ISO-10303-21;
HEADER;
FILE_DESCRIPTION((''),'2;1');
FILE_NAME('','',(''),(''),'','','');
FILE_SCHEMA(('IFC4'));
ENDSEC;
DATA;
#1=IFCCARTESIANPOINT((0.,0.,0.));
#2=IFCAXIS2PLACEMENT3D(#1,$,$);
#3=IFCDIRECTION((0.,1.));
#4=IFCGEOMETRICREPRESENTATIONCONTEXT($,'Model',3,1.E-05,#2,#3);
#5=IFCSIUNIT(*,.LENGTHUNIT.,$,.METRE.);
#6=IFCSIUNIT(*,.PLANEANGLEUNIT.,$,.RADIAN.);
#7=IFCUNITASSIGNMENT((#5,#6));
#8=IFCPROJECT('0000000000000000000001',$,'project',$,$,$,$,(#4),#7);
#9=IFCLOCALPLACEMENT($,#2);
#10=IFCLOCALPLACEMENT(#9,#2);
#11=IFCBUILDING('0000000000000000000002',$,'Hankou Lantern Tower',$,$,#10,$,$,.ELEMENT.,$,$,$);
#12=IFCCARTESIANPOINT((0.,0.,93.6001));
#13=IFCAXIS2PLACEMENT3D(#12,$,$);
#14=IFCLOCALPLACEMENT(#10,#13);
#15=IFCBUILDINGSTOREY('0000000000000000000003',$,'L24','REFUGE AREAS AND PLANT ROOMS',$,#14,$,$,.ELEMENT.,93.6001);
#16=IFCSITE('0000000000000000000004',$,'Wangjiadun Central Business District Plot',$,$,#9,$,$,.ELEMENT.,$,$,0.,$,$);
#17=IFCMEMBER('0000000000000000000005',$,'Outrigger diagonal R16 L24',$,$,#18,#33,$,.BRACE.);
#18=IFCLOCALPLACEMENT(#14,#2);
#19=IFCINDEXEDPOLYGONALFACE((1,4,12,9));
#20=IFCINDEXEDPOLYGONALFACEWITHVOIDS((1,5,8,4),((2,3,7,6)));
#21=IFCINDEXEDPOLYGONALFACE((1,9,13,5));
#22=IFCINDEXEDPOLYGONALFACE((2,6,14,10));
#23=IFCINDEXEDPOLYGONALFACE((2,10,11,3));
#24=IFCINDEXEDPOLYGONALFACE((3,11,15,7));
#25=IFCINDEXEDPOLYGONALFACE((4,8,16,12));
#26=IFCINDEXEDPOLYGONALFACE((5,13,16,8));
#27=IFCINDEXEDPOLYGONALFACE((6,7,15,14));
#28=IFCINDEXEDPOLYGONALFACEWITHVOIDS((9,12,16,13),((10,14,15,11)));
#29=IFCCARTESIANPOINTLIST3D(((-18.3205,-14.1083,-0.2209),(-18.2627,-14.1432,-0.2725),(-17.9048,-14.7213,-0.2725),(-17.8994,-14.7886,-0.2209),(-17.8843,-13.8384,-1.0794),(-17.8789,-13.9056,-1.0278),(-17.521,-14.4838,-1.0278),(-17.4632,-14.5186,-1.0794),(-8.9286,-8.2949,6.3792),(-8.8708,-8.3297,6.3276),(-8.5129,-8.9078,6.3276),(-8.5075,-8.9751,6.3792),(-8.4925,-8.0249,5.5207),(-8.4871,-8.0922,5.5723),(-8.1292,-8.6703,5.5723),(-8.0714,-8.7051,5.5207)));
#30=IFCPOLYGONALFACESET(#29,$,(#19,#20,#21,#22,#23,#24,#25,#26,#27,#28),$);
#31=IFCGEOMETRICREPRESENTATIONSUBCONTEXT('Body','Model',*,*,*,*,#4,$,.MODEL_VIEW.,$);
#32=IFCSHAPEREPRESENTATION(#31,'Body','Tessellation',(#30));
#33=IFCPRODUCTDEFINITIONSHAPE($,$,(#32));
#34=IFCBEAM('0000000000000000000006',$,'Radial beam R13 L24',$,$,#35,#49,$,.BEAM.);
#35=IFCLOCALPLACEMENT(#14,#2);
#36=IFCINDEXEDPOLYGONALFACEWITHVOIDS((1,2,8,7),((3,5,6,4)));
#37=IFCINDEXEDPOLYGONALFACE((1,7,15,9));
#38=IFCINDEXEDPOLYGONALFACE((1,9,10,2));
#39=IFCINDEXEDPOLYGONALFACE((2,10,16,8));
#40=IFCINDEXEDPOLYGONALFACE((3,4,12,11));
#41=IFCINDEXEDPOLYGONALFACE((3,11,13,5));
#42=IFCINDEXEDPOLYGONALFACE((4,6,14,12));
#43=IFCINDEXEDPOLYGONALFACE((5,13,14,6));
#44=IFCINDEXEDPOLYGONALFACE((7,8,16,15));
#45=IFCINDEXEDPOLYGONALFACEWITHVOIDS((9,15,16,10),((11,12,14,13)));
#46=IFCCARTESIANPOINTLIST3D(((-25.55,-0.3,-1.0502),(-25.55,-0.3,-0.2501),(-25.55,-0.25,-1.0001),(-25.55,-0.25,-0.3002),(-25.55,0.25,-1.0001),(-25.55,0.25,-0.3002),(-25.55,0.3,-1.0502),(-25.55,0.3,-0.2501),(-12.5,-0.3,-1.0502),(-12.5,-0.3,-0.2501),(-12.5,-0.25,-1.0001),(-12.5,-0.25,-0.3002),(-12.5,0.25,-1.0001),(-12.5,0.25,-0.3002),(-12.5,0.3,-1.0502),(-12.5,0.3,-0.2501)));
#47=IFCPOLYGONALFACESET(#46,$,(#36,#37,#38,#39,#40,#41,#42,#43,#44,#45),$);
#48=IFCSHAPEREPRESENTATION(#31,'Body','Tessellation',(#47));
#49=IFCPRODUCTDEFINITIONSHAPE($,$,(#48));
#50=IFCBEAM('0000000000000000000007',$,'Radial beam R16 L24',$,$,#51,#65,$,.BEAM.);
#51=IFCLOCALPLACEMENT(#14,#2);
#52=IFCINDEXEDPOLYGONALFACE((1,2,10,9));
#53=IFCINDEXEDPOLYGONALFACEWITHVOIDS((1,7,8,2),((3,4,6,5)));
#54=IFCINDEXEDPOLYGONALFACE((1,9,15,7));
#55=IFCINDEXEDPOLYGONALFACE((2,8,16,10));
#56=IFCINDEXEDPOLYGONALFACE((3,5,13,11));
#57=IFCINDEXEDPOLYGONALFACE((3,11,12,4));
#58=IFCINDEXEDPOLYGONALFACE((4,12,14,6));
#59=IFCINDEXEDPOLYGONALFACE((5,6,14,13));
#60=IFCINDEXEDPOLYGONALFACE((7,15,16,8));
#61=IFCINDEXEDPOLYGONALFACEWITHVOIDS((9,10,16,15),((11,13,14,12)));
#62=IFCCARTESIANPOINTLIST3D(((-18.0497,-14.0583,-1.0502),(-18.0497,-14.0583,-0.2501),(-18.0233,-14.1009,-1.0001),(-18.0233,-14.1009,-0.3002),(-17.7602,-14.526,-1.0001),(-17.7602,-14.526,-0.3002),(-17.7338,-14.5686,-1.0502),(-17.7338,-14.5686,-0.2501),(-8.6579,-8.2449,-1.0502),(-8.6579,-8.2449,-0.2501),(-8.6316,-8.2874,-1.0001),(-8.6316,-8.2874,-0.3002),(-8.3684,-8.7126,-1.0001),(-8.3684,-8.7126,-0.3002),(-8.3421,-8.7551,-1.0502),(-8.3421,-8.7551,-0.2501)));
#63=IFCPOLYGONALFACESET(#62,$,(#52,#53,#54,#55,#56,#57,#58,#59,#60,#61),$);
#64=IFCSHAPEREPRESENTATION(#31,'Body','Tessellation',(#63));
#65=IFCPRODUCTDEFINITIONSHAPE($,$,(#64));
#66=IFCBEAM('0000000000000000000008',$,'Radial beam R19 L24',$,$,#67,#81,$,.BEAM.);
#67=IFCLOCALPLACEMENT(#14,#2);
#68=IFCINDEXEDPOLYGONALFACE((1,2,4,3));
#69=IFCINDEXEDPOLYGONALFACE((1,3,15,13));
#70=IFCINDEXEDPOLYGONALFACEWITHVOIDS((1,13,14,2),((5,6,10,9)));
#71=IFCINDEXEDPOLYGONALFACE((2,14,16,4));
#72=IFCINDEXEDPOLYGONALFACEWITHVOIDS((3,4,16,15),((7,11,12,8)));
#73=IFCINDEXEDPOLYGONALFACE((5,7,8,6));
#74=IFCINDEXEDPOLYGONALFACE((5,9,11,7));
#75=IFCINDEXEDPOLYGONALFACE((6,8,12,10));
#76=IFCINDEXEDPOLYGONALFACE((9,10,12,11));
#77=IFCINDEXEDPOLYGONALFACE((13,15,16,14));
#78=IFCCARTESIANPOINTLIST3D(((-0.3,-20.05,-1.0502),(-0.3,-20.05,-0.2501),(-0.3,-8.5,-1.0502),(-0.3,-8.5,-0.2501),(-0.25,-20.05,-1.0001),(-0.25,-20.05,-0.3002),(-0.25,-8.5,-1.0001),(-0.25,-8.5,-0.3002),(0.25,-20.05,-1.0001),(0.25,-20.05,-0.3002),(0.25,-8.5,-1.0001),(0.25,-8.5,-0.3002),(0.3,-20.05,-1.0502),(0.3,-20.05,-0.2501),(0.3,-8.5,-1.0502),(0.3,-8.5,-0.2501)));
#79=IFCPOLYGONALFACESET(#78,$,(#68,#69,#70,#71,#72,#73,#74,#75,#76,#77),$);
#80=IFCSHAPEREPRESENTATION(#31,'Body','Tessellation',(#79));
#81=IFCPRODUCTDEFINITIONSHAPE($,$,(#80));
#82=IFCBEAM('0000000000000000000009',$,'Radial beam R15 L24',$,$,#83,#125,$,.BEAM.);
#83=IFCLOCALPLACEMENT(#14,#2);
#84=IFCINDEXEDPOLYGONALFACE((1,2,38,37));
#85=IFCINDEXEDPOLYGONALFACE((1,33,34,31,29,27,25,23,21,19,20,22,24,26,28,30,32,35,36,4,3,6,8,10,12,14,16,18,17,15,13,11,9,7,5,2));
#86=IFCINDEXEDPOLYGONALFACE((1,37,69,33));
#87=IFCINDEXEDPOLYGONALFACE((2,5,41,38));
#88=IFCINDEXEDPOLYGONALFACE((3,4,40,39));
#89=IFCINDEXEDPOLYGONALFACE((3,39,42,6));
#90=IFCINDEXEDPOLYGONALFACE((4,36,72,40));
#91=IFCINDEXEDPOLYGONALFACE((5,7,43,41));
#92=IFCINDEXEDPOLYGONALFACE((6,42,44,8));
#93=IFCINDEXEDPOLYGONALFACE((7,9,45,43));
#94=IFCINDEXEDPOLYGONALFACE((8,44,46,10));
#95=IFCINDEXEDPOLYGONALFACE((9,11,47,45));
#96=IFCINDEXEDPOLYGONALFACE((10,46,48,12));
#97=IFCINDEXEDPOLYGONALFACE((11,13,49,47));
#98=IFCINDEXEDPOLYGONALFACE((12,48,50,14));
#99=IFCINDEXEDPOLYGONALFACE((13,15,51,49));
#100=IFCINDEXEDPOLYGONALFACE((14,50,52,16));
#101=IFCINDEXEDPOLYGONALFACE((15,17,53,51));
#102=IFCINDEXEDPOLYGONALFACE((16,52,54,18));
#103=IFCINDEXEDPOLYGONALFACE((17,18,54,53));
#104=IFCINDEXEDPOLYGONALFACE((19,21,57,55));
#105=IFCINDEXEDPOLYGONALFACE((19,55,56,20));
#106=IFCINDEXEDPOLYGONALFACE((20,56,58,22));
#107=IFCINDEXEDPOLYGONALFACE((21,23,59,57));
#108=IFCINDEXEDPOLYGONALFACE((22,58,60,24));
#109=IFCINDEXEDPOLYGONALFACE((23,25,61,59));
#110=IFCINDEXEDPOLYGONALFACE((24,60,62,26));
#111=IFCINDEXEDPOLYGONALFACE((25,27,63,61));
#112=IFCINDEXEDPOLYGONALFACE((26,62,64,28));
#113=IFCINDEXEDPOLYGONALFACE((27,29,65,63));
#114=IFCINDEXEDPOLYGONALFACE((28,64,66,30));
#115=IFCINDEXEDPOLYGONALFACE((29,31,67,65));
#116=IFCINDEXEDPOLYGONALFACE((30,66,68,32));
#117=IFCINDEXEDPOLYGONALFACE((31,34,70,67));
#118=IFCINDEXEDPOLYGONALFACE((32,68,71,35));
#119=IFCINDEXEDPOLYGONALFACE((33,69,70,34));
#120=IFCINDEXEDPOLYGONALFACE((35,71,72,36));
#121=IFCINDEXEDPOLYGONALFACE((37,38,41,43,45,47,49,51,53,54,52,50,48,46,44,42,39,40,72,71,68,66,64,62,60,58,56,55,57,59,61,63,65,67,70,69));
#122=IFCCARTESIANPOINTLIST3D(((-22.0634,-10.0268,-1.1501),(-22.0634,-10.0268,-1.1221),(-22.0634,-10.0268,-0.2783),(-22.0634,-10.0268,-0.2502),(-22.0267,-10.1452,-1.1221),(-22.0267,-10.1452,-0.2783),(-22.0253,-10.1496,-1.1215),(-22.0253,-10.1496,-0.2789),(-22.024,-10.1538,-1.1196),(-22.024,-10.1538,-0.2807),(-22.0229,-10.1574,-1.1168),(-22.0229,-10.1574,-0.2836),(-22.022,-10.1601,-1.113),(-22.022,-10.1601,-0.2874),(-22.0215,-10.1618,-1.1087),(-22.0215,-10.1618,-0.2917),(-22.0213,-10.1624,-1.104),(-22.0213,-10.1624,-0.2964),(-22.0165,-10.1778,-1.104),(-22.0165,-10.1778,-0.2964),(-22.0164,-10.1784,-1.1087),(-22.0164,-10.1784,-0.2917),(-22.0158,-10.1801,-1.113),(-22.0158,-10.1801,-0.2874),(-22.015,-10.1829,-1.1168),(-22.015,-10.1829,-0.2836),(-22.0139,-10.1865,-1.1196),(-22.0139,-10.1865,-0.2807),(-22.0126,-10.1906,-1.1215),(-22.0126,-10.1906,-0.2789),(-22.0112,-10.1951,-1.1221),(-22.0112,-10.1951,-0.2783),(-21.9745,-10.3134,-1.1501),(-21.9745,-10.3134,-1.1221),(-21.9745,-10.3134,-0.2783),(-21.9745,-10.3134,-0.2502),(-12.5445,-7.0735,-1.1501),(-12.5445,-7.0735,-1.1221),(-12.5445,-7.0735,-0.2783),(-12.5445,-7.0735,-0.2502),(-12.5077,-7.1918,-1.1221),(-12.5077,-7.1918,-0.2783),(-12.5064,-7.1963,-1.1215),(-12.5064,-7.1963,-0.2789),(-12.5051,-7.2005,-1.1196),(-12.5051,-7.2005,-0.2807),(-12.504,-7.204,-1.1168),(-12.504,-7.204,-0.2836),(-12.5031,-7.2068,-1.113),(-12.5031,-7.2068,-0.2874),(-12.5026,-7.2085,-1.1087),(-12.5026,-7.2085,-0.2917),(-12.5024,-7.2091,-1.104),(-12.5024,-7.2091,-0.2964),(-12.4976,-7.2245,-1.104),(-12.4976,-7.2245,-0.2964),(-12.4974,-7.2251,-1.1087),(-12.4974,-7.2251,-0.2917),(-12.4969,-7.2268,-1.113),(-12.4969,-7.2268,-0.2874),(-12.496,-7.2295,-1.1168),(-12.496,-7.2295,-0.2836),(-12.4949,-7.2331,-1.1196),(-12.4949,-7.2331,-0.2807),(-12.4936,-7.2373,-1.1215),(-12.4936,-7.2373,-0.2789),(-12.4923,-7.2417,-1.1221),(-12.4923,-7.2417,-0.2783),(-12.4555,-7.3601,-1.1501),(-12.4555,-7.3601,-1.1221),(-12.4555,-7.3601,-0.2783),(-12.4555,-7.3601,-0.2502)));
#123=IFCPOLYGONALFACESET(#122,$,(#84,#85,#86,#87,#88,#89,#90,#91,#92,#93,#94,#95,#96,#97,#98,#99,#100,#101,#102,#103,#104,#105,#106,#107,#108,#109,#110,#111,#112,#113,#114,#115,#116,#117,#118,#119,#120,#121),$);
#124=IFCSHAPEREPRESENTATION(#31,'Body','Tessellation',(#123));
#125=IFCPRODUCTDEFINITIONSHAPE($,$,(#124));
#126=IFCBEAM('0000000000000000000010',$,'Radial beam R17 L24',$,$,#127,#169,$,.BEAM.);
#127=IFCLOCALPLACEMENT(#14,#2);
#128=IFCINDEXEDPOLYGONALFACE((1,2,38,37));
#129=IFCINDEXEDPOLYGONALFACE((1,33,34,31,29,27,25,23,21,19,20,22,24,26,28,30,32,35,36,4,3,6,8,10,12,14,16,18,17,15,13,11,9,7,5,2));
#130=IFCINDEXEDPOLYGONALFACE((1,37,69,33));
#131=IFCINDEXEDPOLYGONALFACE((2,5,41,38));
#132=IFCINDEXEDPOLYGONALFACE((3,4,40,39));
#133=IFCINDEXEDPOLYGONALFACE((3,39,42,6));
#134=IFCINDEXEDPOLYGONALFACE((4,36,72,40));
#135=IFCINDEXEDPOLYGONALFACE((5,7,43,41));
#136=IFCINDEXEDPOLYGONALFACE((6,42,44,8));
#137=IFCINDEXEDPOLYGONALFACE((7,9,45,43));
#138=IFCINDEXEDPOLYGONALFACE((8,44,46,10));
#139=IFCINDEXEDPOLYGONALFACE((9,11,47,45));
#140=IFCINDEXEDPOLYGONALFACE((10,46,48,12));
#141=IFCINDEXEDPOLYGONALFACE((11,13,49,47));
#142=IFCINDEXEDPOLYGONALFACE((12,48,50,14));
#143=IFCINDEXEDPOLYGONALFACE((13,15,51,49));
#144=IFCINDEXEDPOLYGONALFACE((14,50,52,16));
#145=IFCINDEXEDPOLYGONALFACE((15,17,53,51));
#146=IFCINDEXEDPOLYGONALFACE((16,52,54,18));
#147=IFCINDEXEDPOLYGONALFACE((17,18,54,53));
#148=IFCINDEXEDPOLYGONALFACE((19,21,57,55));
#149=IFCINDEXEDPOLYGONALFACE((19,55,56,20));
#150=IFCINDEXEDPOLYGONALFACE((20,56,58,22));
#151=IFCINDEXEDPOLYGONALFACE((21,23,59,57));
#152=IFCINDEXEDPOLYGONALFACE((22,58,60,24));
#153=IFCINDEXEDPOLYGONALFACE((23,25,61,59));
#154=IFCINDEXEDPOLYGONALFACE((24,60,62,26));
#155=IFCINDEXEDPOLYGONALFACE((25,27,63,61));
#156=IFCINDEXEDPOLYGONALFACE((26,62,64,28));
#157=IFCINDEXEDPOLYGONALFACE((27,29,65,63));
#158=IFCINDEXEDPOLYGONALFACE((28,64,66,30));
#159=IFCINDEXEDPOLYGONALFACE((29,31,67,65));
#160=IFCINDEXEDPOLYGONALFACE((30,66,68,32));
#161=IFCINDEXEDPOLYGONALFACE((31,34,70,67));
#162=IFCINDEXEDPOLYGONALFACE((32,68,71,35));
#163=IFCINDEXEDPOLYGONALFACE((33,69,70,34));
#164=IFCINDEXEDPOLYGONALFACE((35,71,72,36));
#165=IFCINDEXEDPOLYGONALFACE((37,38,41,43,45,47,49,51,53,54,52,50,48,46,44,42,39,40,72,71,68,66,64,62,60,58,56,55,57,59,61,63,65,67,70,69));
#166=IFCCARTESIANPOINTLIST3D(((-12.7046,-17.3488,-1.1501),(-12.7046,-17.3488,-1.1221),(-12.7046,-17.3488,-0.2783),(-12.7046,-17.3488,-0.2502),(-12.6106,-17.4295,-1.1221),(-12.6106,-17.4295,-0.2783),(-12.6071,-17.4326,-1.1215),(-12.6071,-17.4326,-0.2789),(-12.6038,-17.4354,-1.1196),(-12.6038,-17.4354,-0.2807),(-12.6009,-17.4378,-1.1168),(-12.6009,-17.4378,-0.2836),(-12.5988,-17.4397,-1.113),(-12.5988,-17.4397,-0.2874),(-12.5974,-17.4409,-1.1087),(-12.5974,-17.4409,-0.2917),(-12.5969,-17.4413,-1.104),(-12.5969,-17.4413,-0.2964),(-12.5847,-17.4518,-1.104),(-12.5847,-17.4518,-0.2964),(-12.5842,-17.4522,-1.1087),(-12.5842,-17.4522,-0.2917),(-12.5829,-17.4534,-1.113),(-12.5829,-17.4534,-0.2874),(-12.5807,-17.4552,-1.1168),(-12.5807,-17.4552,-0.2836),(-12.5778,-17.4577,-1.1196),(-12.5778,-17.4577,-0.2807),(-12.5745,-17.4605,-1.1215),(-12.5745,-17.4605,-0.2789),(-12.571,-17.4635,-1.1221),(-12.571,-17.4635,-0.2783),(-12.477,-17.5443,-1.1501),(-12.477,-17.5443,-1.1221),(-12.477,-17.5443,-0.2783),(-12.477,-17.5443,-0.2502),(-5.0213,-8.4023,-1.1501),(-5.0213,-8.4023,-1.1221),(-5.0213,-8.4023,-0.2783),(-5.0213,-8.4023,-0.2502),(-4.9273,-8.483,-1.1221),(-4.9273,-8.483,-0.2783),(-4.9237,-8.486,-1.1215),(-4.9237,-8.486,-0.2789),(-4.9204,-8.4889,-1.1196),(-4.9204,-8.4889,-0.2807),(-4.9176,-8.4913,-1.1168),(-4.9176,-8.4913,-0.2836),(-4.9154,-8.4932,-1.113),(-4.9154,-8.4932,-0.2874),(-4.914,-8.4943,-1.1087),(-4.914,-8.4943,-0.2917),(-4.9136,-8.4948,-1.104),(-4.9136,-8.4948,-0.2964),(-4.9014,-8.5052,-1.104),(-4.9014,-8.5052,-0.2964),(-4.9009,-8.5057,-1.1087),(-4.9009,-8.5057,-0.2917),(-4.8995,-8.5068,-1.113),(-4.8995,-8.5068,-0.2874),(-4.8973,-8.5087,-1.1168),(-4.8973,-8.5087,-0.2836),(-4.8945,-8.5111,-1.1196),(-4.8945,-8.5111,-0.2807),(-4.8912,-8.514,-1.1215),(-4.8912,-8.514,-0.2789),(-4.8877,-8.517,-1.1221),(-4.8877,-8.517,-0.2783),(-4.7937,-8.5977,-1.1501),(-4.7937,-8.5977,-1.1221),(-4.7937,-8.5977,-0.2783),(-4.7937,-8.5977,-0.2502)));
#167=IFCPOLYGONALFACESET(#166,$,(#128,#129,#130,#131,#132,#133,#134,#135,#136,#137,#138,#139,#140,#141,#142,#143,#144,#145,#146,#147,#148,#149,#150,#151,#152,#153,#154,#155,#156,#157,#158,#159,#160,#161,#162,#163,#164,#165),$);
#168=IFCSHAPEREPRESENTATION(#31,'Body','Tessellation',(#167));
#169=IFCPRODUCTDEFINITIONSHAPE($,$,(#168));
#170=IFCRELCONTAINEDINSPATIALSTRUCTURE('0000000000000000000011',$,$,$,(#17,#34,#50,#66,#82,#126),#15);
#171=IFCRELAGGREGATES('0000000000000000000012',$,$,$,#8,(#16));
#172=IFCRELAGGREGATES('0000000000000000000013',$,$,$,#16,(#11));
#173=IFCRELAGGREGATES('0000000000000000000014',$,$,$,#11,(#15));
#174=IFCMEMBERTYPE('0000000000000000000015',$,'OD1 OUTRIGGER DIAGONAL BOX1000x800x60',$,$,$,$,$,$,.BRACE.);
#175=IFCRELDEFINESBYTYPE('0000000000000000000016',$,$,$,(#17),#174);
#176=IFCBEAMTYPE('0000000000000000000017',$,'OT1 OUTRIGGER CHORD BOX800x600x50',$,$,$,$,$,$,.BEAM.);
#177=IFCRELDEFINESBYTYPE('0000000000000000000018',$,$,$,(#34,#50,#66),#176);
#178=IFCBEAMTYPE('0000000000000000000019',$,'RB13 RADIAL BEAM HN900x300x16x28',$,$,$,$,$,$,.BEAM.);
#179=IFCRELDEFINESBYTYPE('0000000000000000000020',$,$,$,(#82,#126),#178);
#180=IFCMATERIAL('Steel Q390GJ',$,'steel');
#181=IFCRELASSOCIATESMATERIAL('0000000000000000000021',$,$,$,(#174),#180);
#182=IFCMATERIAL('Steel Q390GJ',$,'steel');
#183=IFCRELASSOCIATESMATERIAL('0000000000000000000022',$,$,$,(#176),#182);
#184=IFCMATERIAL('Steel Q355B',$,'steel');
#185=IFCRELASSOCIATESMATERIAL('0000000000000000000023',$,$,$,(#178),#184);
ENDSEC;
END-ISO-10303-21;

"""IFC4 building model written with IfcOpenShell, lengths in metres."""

from ifc_helpers import new_model, si_unit, direction, frame, origin, origin_2d, place, context, subcontext, project, spatial, hollow_rectangle, i_section, extrude, material, material_profile, profile_set, type_object, element, save


model = new_model("IFC4")

# Units and contexts
model_context = context("Model", 3, precision=1e-05, world=origin(), true_north=direction((0.0, 1.0)))
body_context = subcontext(model_context, "Body", "Model", "MODEL_VIEW")
ifc_project = project(units=[si_unit("LENGTHUNIT", "METRE"), si_unit("PLANEANGLEUNIT", "RADIAN")], contexts=[model_context])

# Site, building, storey
site_placement = place(None, origin())
site = spatial("IfcSite", under=ifc_project, at=site_placement, Name="Wangjiadun Central Business District Plot", CompositionType="ELEMENT", RefElevation=0.0)
building_placement = place(site_placement, origin())
building = spatial("IfcBuilding", under=site, at=building_placement, Name="Hankou Lantern Tower", CompositionType="ELEMENT")
storey_placement = place(building_placement, frame((0.0, 0.0, 93.6001)))
storey = spatial("IfcBuildingStorey", under=building, at=storey_placement, Name="L24", Description="REFUGE AREAS AND PLANT ROOMS", CompositionType="ELEMENT", Elevation=93.6001)

# Member
ifc_material_1 = material(Name="Steel Q390GJ", Category="steel")
ifc_material_profile_1 = material_profile(ifc_material_1, hollow_rectangle(XDim=0.8, YDim=1.0, WallThickness=0.0601, at=origin_2d()), Name="BOX1000x800x60")
ifc_profile_set_1 = profile_set([ifc_material_profile_1], Name="Steel Q390GJ")
member_type = type_object("IfcMemberType", Name="OD1 OUTRIGGER DIAGONAL BOX1000x800x60", PredefinedType="BRACE", material=ifc_profile_set_1)
member_1_placement = place(storey_placement, frame((-8.5, -8.5, 5.95), z_axis=(-0.729907, -0.451806, -0.51294), x_axis=(0.52632, -0.850286, 0.0)))
element("IfcMember", 1, at=member_1_placement, inside=storey, type_object=member_type, Name="Outrigger diagonal R16 L24", PredefinedType="BRACE", context=body_context, shape_type="SweptSolid", body=[
    extrude(hollow_rectangle(XDim=0.8, YDim=1.0, WallThickness=0.0601, at=origin_2d()), origin(), (0.0, 0.0, 1.0), 12.8672),
])

# Beams
ifc_material_2 = material(Name="Steel Q390GJ", Category="steel")
ifc_material_profile_2 = material_profile(ifc_material_2, hollow_rectangle(XDim=0.6001, YDim=0.8, WallThickness=0.05, at=origin_2d()), Name="BOX800x600x50")
ifc_profile_set_2 = profile_set([ifc_material_profile_2], Name="Steel Q390GJ")
beam_type_1 = type_object("IfcBeamType", Name="OT1 OUTRIGGER CHORD BOX800x600x50", PredefinedType="BEAM", material=ifc_profile_set_2)
beam_1_placement = place(storey_placement, frame((-12.5, 0.0, -0.6501), z_axis=(-1.0, 0.0, 0.0), x_axis=(0.0, -1.0, 0.0)))
element("IfcBeam", 2, at=beam_1_placement, inside=storey, type_object=beam_type_1, Name="Radial beam R13 L24", PredefinedType="BEAM", context=body_context, shape_type="SweptSolid", body=[
    extrude(hollow_rectangle(XDim=0.6001, YDim=0.8, WallThickness=0.05, at=origin_2d()), origin(), (0.0, 0.0, 1.0), 13.05),
])
beam_2_placement = place(storey_placement, frame((-8.5, -8.5, -0.6501), z_axis=(-0.850286, -0.52632, 0.0), x_axis=(0.52632, -0.850286, 0.0)))
element("IfcBeam", 3, at=beam_2_placement, inside=storey, type_object=beam_type_1, Name="Radial beam R16 L24", PredefinedType="BEAM", context=body_context, shape_type="SweptSolid", body=[
    extrude(hollow_rectangle(XDim=0.6001, YDim=0.8, WallThickness=0.05, at=origin_2d()), origin(), (0.0, 0.0, 1.0), 11.0454),
])
beam_3_placement = place(storey_placement, frame((0.0, -8.5, -0.6501), z_axis=(0.0, -1.0, 0.0), x_axis=(1.0, 0.0, 0.0)))
element("IfcBeam", 4, at=beam_3_placement, inside=storey, type_object=beam_type_1, Name="Radial beam R19 L24", PredefinedType="BEAM", context=body_context, shape_type="SweptSolid", body=[
    extrude(hollow_rectangle(XDim=0.6001, YDim=0.8, WallThickness=0.05, at=origin_2d()), origin(), (0.0, 0.0, 1.0), 11.55),
])
ifc_material_3 = material(Name="Steel Q355B", Category="steel")
ifc_material_profile_3 = material_profile(ifc_material_3, i_section(OverallWidth=0.3, OverallDepth=0.8999, WebThickness=0.0161, FlangeThickness=0.0281, FilletRadius=0.0181, at=origin_2d()), Name="HN900x300x16x28")
ifc_profile_set_3 = profile_set([ifc_material_profile_3], Name="Steel Q355B")
beam_type_2 = type_object("IfcBeamType", Name="RB13 RADIAL BEAM HN900x300x16x28", PredefinedType="BEAM", material=ifc_profile_set_3)
beam_4_placement = place(storey_placement, frame((-12.5, -7.2168, -0.7002), z_axis=(-0.955087, -0.296324, 0.0), x_axis=(0.296324, -0.955087, 0.0)))
element("IfcBeam", 5, at=beam_4_placement, inside=storey, type_object=beam_type_2, Name="Radial beam R15 L24", PredefinedType="BEAM", context=body_context, shape_type="SweptSolid", body=[
    extrude(i_section(OverallWidth=0.3, OverallDepth=0.8999, WebThickness=0.0161, FlangeThickness=0.0281, FilletRadius=0.0181, at=origin_2d()), origin(), (0.0, 0.0, 1.0), 9.9666),
])
beam_5_placement = place(storey_placement, frame((-4.9075, -8.5, -0.7002), z_axis=(-0.651519, -0.758632, 0.0), x_axis=(0.758632, -0.651519, 0.0)))
element("IfcBeam", 6, at=beam_5_placement, inside=storey, type_object=beam_type_2, Name="Radial beam R17 L24", PredefinedType="BEAM", context=body_context, shape_type="SweptSolid", body=[
    extrude(i_section(OverallWidth=0.3, OverallDepth=0.8999, WebThickness=0.0161, FlangeThickness=0.0281, FilletRadius=0.0181, at=origin_2d()), origin(), (0.0, 0.0, 1.0), 11.793),
])

save(model, "model.ifc")
